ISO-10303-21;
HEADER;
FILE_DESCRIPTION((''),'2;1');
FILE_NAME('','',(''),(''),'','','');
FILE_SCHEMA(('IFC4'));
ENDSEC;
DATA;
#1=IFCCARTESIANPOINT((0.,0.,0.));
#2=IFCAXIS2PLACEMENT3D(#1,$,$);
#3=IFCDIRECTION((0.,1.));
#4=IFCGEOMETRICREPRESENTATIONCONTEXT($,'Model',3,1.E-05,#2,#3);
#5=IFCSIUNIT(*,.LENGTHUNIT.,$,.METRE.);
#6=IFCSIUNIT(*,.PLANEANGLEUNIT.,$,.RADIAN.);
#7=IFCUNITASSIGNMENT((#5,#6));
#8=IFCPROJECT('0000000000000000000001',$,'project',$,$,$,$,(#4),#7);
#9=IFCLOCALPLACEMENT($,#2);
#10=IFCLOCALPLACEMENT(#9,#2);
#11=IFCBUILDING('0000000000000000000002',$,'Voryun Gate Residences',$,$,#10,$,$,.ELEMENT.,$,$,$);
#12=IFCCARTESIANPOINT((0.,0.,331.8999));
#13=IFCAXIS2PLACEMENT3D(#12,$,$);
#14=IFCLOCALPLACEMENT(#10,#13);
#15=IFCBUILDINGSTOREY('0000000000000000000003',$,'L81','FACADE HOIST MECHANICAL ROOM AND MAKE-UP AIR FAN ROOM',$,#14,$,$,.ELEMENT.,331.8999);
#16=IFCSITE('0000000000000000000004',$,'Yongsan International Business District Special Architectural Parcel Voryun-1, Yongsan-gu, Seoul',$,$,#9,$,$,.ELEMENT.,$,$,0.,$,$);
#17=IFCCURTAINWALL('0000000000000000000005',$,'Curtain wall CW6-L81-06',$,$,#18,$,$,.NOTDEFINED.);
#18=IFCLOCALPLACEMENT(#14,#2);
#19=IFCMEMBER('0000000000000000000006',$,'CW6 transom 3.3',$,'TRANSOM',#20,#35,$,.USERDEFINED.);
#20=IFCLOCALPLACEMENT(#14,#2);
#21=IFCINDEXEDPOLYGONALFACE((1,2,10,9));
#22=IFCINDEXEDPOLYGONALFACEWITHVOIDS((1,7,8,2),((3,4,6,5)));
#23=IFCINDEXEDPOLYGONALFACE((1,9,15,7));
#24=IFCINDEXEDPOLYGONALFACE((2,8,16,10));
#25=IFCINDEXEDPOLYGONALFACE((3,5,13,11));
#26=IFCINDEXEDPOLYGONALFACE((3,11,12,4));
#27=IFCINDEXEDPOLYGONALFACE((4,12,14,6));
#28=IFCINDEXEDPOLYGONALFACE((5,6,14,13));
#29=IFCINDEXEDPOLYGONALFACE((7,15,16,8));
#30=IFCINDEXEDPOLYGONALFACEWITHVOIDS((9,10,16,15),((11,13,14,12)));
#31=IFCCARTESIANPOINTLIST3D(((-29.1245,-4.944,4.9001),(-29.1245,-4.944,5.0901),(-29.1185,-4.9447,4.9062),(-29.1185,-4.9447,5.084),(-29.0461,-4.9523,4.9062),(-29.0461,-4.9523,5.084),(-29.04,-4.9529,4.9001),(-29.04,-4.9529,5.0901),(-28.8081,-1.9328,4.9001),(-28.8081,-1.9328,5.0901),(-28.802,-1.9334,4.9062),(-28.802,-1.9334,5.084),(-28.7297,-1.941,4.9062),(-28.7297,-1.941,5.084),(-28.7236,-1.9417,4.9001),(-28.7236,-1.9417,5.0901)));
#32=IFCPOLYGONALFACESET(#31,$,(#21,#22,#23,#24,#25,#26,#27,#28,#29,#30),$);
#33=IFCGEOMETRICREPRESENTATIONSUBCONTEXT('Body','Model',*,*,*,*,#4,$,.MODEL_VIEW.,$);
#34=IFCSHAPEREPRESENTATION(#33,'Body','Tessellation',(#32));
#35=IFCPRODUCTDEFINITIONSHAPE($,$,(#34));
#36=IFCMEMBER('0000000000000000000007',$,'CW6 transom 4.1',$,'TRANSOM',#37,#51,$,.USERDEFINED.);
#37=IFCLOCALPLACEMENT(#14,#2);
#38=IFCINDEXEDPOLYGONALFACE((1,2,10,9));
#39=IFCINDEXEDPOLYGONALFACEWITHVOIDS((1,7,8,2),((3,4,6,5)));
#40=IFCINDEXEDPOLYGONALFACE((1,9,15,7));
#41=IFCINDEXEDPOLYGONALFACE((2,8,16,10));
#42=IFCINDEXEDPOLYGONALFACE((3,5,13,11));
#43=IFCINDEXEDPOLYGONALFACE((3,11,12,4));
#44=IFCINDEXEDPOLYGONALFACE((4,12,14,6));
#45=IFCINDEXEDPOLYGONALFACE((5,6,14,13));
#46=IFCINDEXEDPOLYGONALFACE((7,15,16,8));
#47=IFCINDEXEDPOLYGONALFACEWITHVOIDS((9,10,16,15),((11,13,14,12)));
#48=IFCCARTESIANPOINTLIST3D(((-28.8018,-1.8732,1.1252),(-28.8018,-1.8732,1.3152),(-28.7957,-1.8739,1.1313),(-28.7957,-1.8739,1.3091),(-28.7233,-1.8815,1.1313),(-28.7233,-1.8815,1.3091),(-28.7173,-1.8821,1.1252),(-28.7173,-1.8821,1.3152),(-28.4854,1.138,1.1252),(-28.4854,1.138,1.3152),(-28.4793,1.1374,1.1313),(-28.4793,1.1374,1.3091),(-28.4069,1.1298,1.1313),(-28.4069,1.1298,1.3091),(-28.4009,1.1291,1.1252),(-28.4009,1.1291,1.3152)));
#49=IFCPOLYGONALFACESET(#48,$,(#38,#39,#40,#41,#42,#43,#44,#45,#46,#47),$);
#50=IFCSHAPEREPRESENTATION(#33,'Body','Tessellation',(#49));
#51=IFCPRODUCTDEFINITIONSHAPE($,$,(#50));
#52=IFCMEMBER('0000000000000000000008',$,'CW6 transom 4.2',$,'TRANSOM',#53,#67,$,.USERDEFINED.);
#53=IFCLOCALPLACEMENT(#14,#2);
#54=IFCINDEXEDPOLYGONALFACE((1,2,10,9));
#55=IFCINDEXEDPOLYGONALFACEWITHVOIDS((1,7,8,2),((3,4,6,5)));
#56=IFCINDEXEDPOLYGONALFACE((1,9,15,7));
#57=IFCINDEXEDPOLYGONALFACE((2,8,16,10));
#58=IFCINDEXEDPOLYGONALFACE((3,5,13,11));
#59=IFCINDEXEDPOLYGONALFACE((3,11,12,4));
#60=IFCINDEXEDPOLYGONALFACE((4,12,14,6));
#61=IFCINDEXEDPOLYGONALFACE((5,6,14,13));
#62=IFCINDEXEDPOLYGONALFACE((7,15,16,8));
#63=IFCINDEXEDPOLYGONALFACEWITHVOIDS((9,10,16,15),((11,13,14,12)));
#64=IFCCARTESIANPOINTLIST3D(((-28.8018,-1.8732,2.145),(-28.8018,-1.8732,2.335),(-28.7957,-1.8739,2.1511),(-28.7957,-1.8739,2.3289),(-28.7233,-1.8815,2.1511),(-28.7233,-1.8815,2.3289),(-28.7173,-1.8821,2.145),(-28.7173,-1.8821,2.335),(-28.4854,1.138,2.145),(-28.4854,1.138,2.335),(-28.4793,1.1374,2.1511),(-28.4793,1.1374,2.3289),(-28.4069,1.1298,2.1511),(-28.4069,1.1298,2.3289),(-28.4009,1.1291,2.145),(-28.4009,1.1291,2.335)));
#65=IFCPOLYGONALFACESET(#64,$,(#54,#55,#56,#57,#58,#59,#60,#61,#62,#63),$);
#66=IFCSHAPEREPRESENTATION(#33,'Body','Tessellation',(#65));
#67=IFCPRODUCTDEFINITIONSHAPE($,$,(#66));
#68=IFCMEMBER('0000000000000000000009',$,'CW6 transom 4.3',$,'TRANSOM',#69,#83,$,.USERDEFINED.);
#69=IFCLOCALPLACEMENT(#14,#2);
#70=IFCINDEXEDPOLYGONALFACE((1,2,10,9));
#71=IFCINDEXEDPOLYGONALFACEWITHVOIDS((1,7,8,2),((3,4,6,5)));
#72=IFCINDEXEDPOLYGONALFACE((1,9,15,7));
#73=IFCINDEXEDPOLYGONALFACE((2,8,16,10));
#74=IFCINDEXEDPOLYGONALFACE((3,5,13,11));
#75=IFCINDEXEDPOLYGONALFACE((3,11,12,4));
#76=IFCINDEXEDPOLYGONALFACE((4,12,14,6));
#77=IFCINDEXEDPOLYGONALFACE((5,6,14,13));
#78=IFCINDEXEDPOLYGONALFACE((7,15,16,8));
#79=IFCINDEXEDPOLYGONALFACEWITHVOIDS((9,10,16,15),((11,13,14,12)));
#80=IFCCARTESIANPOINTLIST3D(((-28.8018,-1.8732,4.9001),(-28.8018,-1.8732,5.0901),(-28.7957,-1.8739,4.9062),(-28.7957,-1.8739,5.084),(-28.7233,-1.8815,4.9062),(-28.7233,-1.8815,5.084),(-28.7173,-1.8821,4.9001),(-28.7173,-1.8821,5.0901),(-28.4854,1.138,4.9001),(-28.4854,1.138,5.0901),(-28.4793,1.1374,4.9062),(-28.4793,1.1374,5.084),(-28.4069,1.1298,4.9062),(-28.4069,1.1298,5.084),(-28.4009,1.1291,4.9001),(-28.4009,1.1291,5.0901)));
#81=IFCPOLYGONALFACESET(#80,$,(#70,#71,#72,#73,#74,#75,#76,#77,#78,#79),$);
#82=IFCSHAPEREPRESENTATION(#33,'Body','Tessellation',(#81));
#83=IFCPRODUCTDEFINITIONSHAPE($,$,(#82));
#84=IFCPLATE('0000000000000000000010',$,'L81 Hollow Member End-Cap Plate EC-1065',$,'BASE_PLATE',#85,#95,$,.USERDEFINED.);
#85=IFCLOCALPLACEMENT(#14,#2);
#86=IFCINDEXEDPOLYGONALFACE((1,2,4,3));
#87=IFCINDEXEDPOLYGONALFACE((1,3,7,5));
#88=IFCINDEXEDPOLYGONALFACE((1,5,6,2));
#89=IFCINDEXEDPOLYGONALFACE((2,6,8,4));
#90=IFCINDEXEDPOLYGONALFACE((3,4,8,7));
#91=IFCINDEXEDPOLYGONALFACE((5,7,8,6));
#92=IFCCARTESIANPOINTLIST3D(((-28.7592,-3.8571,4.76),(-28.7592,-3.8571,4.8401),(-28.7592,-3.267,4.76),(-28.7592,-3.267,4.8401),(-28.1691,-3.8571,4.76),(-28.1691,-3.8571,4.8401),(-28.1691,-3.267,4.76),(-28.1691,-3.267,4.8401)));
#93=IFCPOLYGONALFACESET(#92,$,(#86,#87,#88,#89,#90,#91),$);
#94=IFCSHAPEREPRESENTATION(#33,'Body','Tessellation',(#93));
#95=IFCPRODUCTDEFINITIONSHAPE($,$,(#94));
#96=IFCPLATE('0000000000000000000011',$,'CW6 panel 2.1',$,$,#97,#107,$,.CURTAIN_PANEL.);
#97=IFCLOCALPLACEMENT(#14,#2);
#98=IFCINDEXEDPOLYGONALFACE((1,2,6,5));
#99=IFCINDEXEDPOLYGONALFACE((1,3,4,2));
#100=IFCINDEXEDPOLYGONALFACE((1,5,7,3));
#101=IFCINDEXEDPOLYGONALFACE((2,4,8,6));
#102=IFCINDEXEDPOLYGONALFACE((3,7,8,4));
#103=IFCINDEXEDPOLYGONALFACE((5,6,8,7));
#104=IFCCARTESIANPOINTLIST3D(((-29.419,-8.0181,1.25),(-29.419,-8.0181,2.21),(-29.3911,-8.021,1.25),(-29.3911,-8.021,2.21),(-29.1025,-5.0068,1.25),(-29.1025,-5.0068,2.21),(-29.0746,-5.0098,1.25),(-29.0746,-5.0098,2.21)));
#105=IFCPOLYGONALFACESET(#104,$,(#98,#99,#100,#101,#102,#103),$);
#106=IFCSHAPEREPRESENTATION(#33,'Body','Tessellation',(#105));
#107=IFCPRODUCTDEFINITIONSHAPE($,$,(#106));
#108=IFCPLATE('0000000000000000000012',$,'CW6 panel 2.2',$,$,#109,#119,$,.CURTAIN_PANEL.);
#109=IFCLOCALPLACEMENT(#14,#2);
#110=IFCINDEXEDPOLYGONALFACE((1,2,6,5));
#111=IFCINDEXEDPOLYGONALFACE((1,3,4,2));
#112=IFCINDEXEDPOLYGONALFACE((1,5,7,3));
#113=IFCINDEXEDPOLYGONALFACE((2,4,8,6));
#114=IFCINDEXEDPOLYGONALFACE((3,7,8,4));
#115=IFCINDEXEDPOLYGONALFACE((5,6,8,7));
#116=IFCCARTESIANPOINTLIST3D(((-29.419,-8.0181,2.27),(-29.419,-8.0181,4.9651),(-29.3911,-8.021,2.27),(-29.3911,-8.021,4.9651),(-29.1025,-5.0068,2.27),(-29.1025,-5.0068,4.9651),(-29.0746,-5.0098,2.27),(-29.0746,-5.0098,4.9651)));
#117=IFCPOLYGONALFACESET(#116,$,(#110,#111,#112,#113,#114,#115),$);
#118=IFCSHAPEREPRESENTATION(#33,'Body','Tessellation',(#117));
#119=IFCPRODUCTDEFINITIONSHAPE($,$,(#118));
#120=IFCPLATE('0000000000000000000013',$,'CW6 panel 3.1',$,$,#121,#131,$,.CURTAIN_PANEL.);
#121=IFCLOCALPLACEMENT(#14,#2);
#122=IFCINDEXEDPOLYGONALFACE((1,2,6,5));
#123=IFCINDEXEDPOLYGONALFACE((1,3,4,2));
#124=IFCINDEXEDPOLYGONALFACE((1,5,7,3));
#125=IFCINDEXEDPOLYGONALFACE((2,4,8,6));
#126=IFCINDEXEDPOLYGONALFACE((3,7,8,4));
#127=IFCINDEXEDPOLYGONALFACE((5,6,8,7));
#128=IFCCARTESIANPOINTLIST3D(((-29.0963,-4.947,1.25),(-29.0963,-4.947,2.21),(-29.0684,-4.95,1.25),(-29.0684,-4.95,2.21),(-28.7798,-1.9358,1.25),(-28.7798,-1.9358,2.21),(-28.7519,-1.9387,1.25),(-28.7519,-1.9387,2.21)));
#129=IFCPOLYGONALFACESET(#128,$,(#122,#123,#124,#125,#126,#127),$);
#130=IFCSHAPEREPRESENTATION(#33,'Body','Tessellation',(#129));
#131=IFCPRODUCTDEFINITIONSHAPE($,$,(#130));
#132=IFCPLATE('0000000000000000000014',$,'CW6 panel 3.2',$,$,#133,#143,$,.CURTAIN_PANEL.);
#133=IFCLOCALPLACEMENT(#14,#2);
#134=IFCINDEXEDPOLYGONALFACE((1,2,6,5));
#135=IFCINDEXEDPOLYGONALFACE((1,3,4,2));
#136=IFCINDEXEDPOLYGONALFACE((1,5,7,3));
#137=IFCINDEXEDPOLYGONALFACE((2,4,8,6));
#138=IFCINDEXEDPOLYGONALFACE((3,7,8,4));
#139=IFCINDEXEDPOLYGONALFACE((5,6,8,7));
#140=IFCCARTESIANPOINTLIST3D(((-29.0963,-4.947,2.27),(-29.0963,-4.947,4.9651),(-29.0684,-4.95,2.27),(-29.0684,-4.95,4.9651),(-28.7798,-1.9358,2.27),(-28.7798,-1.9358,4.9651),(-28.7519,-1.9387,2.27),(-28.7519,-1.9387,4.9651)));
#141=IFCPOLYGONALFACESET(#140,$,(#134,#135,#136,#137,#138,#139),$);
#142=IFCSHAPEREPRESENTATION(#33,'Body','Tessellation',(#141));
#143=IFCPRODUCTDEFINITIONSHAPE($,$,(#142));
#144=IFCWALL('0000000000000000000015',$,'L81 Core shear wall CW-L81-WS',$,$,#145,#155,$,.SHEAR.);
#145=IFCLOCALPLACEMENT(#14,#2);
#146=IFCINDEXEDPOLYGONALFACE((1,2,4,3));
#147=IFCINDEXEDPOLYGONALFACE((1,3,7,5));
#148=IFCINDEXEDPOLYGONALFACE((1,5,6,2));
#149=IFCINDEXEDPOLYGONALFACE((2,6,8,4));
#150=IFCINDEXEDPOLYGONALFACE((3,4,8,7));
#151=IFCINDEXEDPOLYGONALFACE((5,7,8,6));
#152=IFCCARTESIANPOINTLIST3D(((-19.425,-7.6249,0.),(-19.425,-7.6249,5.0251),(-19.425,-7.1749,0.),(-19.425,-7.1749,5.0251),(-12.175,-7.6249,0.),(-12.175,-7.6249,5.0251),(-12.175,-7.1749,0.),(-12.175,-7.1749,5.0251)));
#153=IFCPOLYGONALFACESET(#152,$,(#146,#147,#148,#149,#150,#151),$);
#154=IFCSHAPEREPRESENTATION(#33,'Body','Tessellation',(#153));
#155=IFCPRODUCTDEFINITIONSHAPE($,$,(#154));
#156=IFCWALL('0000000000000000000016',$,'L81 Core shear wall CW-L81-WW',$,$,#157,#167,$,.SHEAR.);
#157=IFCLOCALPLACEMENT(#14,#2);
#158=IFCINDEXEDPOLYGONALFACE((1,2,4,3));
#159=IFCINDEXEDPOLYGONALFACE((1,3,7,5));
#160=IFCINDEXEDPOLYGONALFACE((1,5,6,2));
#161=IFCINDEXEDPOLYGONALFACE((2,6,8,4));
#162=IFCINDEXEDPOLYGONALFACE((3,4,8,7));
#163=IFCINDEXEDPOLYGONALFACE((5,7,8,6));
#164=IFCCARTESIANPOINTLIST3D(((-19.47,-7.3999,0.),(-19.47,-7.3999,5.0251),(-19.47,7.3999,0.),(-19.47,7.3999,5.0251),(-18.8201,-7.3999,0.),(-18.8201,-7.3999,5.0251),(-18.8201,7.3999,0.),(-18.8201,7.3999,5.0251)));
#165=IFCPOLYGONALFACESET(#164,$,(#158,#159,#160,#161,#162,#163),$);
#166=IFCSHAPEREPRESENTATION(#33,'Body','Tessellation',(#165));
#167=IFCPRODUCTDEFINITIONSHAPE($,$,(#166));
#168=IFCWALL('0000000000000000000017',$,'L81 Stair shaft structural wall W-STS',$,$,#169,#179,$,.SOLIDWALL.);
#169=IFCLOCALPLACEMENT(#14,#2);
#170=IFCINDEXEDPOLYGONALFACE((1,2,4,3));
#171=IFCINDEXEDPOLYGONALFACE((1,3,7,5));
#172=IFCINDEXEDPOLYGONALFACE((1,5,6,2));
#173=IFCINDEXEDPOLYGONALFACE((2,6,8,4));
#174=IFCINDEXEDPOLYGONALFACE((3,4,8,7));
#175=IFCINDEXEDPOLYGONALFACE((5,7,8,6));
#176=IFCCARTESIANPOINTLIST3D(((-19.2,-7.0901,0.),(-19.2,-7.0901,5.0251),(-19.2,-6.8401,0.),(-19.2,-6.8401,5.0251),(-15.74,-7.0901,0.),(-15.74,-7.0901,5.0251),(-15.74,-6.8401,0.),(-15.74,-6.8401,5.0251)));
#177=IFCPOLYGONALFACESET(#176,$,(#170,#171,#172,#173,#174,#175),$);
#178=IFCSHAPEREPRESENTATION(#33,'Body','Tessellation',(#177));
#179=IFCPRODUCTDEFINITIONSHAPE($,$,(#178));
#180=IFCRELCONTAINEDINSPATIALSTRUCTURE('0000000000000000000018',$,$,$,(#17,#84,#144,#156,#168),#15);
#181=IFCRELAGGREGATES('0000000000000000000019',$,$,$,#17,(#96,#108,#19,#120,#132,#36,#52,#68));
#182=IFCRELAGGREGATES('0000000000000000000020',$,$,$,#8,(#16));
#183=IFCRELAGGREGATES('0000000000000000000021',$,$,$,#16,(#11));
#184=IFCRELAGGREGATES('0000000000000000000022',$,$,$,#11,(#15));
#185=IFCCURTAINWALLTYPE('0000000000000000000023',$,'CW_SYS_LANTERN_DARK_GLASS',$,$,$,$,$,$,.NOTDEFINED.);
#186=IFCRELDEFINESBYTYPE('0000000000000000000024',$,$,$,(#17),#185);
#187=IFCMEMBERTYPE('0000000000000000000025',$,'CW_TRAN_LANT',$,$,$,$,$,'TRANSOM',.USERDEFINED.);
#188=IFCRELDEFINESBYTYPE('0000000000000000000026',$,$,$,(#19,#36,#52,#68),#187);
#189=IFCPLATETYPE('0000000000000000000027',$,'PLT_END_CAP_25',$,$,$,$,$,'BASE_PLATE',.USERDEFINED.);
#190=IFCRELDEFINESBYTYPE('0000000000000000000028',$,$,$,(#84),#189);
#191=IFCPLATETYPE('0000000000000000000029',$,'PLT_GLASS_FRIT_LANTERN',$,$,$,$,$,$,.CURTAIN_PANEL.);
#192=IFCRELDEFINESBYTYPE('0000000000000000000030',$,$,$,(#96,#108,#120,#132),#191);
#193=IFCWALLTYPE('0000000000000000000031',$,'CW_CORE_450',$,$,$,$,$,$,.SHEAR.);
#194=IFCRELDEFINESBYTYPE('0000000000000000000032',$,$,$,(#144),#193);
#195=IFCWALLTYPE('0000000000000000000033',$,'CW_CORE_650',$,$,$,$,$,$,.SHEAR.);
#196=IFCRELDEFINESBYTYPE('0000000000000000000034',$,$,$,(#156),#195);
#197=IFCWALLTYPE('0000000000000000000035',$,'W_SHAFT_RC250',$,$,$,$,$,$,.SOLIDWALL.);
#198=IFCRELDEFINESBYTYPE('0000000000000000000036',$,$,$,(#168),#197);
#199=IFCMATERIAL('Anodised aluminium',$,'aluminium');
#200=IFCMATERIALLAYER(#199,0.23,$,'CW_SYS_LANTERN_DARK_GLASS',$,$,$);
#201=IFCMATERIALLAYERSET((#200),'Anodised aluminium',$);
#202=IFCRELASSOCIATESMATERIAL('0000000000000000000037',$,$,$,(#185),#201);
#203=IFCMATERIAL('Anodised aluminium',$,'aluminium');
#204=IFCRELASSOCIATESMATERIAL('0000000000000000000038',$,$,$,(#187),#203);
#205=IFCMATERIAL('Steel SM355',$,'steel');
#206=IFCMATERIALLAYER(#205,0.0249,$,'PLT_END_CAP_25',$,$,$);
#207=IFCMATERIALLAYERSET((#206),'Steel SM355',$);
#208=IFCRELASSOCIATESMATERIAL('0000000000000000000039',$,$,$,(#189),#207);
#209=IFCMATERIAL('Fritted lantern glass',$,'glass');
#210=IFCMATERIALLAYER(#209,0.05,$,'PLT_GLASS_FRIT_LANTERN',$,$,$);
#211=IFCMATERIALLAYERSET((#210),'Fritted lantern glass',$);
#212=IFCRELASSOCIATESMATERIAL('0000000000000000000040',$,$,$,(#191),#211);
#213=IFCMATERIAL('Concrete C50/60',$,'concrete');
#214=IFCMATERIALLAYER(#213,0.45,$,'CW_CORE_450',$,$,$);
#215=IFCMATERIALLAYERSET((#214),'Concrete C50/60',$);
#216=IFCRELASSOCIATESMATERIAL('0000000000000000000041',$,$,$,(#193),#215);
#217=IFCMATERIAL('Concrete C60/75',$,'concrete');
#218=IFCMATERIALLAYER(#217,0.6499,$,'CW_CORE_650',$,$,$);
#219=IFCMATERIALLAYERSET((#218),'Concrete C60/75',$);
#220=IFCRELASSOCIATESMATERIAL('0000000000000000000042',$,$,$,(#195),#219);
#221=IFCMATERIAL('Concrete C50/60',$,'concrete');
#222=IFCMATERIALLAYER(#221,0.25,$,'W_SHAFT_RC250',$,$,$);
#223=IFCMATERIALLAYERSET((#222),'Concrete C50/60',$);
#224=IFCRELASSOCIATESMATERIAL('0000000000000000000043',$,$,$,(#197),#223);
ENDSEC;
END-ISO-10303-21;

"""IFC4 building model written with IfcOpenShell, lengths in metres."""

from ifc_helpers import new_model, si_unit, direction, frame, frame_2d, origin, origin_2d, place, context, subcontext, project, spatial, rectangle, hollow_rectangle, extrude, material, layer, layer_set, material_profile, profile_set, type_object, element, aggregate, save


model = new_model("IFC4")

# Units and contexts
model_context = context("Model", 3, precision=1e-05, world=origin(), true_north=direction((0.0, 1.0)))
body_context = subcontext(model_context, "Body", "Model", "MODEL_VIEW")
ifc_project = project(units=[si_unit("LENGTHUNIT", "METRE"), si_unit("PLANEANGLEUNIT", "RADIAN")], contexts=[model_context])

# Site, building, storey
site_placement = place(None, origin())
site = spatial("IfcSite", under=ifc_project, at=site_placement, Name="Yongsan International Business District Special Architectural Parcel Voryun-1, Yongsan-gu, Seoul", CompositionType="ELEMENT", RefElevation=0.0)
building_placement = place(site_placement, origin())
building = spatial("IfcBuilding", under=site, at=building_placement, Name="Voryun Gate Residences", CompositionType="ELEMENT")
storey_placement = place(building_placement, frame((0.0, 0.0, 331.8999)))
storey = spatial("IfcBuildingStorey", under=building, at=storey_placement, Name="L81", Description="FACADE HOIST MECHANICAL ROOM AND MAKE-UP AIR FAN ROOM", CompositionType="ELEMENT", Elevation=331.8999)

# Curtain wall, members
ifc_material_1 = material(Name="Anodised aluminium", Category="aluminium")
ifc_layer_1 = layer(ifc_material_1, 0.23, Name="CW_SYS_LANTERN_DARK_GLASS")
ifc_layer_set_1 = layer_set([ifc_layer_1], Name="Anodised aluminium")
curtain_wall_type = type_object("IfcCurtainWallType", Name="CW_SYS_LANTERN_DARK_GLASS", PredefinedType="NOTDEFINED", material=ifc_layer_set_1)
curtain_wall_placement = place(storey_placement, origin())
curtain_wall = element("IfcCurtainWall", 1, at=curtain_wall_placement, inside=storey, type_object=curtain_wall_type, Name="Curtain wall CW6-L81-06", PredefinedType="NOTDEFINED")
ifc_material_2 = material(Name="Anodised aluminium", Category="aluminium")
ifc_material_profile_1 = material_profile(ifc_material_2, hollow_rectangle(XDim=0.085, YDim=0.1899, WallThickness=0.0061, at=origin_2d()), Name="ALU-TRAN-190x85x6")
ifc_profile_set_1 = profile_set([ifc_material_profile_1], Name="Anodised aluminium")
member_type_1 = type_object("IfcMemberType", Name="CW_TRAN_LANT", ElementType="TRANSOM", PredefinedType="USERDEFINED", material=ifc_profile_set_1)
member_1_placement = place(storey_placement, frame((-29.0823, -4.9485, 4.9951), z_axis=(0.1045, 0.994525, 0.0), x_axis=(-0.994525, 0.1045, 0.0)))
member_1 = element("IfcMember", 2, at=member_1_placement, type_object=member_type_1, Name="CW6 transom 3.3", ObjectType="TRANSOM", PredefinedType="USERDEFINED", context=body_context, shape_type="SweptSolid", body=[
    extrude(hollow_rectangle(XDim=0.085, YDim=0.1899, WallThickness=0.0061, at=origin_2d()), origin(), (0.0, 0.0, 1.0), 3.0278),
])
member_2_placement = place(storey_placement, frame((-28.7595, -1.8777, 1.2202), z_axis=(0.1045, 0.994525, 0.0), x_axis=(-0.994525, 0.1045, 0.0)))
member_2 = element("IfcMember", 3, at=member_2_placement, type_object=member_type_1, Name="CW6 transom 4.1", ObjectType="TRANSOM", PredefinedType="USERDEFINED", context=body_context, shape_type="SweptSolid", body=[
    extrude(hollow_rectangle(XDim=0.085, YDim=0.1899, WallThickness=0.0061, at=origin_2d()), origin(), (0.0, 0.0, 1.0), 3.0278),
])
member_3_placement = place(storey_placement, frame((-28.7595, -1.8777, 2.24), z_axis=(0.1045, 0.994525, 0.0), x_axis=(-0.994525, 0.1045, 0.0)))
member_3 = element("IfcMember", 4, at=member_3_placement, type_object=member_type_1, Name="CW6 transom 4.2", ObjectType="TRANSOM", PredefinedType="USERDEFINED", context=body_context, shape_type="SweptSolid", body=[
    extrude(hollow_rectangle(XDim=0.085, YDim=0.1899, WallThickness=0.0061, at=origin_2d()), origin(), (0.0, 0.0, 1.0), 3.0278),
])
member_4_placement = place(storey_placement, frame((-28.7595, -1.8777, 4.9951), z_axis=(0.1045, 0.994525, 0.0), x_axis=(-0.994525, 0.1045, 0.0)))
member_4 = element("IfcMember", 5, at=member_4_placement, type_object=member_type_1, Name="CW6 transom 4.3", ObjectType="TRANSOM", PredefinedType="USERDEFINED", context=body_context, shape_type="SweptSolid", body=[
    extrude(hollow_rectangle(XDim=0.085, YDim=0.1899, WallThickness=0.0061, at=origin_2d()), origin(), (0.0, 0.0, 1.0), 3.0278),
])

# Plates
ifc_material_3 = material(Name="Steel SM355", Category="steel")
ifc_layer_2 = layer(ifc_material_3, 0.0249, Name="PLT_END_CAP_25")
ifc_layer_set_2 = layer_set([ifc_layer_2], Name="Steel SM355")
plate_type_1 = type_object("IfcPlateType", Name="PLT_END_CAP_25", ElementType="BASE_PLATE", PredefinedType="USERDEFINED", material=ifc_layer_set_2)
plate_1_placement = place(storey_placement, frame((-28.4641, -3.562, 4.76), z_axis=(0.0, 0.0, 1.0), x_axis=(1.0, 0.0, 0.0)))
element("IfcPlate", 6, at=plate_1_placement, inside=storey, type_object=plate_type_1, Name="L81 Hollow Member End-Cap Plate EC-1065", ObjectType="BASE_PLATE", PredefinedType="USERDEFINED", context=body_context, shape_type="SweptSolid", body=[
    extrude(rectangle(XDim=0.5901, YDim=0.5901, at=origin_2d()), origin(), (0.0, 0.0, 1.0), 0.0801),
])
ifc_material_4 = material(Name="Fritted lantern glass", Category="glass")
ifc_layer_3 = layer(ifc_material_4, 0.05, Name="PLT_GLASS_FRIT_LANTERN")
ifc_layer_set_3 = layer_set([ifc_layer_3], Name="Fritted lantern glass")
plate_type_2 = type_object("IfcPlateType", Name="PLT_GLASS_FRIT_LANTERN", PredefinedType="CURTAIN_PANEL", material=ifc_layer_set_3)
plate_2_placement = place(storey_placement, frame((-29.2468, -6.5139, 1.25), z_axis=(0.0, 0.0, 1.0), x_axis=(0.104528, 0.994522, 0.0)))
plate_2 = element("IfcPlate", 7, at=plate_2_placement, type_object=plate_type_2, Name="CW6 panel 2.1", PredefinedType="CURTAIN_PANEL", context=body_context, shape_type="SweptSolid", body=[
    extrude(rectangle(XDim=3.0278, YDim=0.0281, at=origin_2d()), origin(), (0.0, 0.0, 1.0), 0.96),
])
plate_3_placement = place(storey_placement, frame((-29.2468, -6.5139, 2.27), z_axis=(0.0, 0.0, 1.0), x_axis=(0.104528, 0.994522, 0.0)))
plate_3 = element("IfcPlate", 8, at=plate_3_placement, type_object=plate_type_2, Name="CW6 panel 2.2", PredefinedType="CURTAIN_PANEL", context=body_context, shape_type="SweptSolid", body=[
    extrude(rectangle(XDim=3.0278, YDim=0.0281, at=origin_2d()), origin(), (0.0, 0.0, 1.0), 2.6951),
])
plate_4_placement = place(storey_placement, frame((-28.9241, -3.4429, 1.25), z_axis=(0.0, 0.0, 1.0), x_axis=(0.104528, 0.994522, 0.0)))
plate_4 = element("IfcPlate", 9, at=plate_4_placement, type_object=plate_type_2, Name="CW6 panel 3.1", PredefinedType="CURTAIN_PANEL", context=body_context, shape_type="SweptSolid", body=[
    extrude(rectangle(XDim=3.0278, YDim=0.0281, at=origin_2d()), origin(), (0.0, 0.0, 1.0), 0.96),
])
plate_5_placement = place(storey_placement, frame((-28.9241, -3.4429, 2.27), z_axis=(0.0, 0.0, 1.0), x_axis=(0.104528, 0.994522, 0.0)))
plate_5 = element("IfcPlate", 10, at=plate_5_placement, type_object=plate_type_2, Name="CW6 panel 3.2", PredefinedType="CURTAIN_PANEL", context=body_context, shape_type="SweptSolid", body=[
    extrude(rectangle(XDim=3.0278, YDim=0.0281, at=origin_2d()), origin(), (0.0, 0.0, 1.0), 2.6951),
])
aggregate(curtain_wall, [plate_2, plate_3, member_1, plate_4, plate_5, member_2, member_3, member_4])

# Walls
ifc_material_5 = material(Name="Concrete C50/60", Category="concrete")
ifc_layer_4 = layer(ifc_material_5, 0.45, Name="CW_CORE_450")
ifc_layer_set_4 = layer_set([ifc_layer_4], Name="Concrete C50/60")
wall_type_1 = type_object("IfcWallType", Name="CW_CORE_450", PredefinedType="SHEAR", material=ifc_layer_set_4)
wall_1_placement = place(storey_placement, frame((-19.425, -7.3999, 0.0), z_axis=(0.0, 0.0, 1.0), x_axis=(1.0, 0.0, 0.0)))
element("IfcWall", 11, at=wall_1_placement, inside=storey, type_object=wall_type_1, Name="L81 Core shear wall CW-L81-WS", PredefinedType="SHEAR", context=body_context, shape_type="SweptSolid", body=[
    extrude(rectangle(XDim=7.25, YDim=0.45, at=frame_2d((3.625, 0.0))), origin(), (0.0, 0.0, 1.0), 5.0251),
])
ifc_material_6 = material(Name="Concrete C60/75", Category="concrete")
ifc_layer_5 = layer(ifc_material_6, 0.6499, Name="CW_CORE_650")
ifc_layer_set_5 = layer_set([ifc_layer_5], Name="Concrete C60/75")
wall_type_2 = type_object("IfcWallType", Name="CW_CORE_650", PredefinedType="SHEAR", material=ifc_layer_set_5)
wall_2_placement = place(storey_placement, frame((-19.145, -7.3999, 0.0), z_axis=(0.0, 0.0, 1.0), x_axis=(0.0, 1.0, 0.0)))
element("IfcWall", 12, at=wall_2_placement, inside=storey, type_object=wall_type_2, Name="L81 Core shear wall CW-L81-WW", PredefinedType="SHEAR", context=body_context, shape_type="SweptSolid", body=[
    extrude(rectangle(XDim=14.7998, YDim=0.6499, at=frame_2d((7.3999, 0.0))), origin(), (0.0, 0.0, 1.0), 5.0251),
])
ifc_material_7 = material(Name="Concrete C50/60", Category="concrete")
ifc_layer_6 = layer(ifc_material_7, 0.25, Name="W_SHAFT_RC250")
ifc_layer_set_6 = layer_set([ifc_layer_6], Name="Concrete C50/60")
wall_type_3 = type_object("IfcWallType", Name="W_SHAFT_RC250", PredefinedType="SOLIDWALL", material=ifc_layer_set_6)
wall_3_placement = place(storey_placement, frame((-19.2, -6.9651, 0.0), z_axis=(0.0, 0.0, 1.0), x_axis=(1.0, 0.0, 0.0)))
element("IfcWall", 13, at=wall_3_placement, inside=storey, type_object=wall_type_3, Name="L81 Stair shaft structural wall W-STS", PredefinedType="SOLIDWALL", context=body_context, shape_type="SweptSolid", body=[
    extrude(rectangle(XDim=3.46, YDim=0.25, at=frame_2d((1.73, 0.0))), origin(), (0.0, 0.0, 1.0), 5.0251),
])

save(model, "model.ifc")
